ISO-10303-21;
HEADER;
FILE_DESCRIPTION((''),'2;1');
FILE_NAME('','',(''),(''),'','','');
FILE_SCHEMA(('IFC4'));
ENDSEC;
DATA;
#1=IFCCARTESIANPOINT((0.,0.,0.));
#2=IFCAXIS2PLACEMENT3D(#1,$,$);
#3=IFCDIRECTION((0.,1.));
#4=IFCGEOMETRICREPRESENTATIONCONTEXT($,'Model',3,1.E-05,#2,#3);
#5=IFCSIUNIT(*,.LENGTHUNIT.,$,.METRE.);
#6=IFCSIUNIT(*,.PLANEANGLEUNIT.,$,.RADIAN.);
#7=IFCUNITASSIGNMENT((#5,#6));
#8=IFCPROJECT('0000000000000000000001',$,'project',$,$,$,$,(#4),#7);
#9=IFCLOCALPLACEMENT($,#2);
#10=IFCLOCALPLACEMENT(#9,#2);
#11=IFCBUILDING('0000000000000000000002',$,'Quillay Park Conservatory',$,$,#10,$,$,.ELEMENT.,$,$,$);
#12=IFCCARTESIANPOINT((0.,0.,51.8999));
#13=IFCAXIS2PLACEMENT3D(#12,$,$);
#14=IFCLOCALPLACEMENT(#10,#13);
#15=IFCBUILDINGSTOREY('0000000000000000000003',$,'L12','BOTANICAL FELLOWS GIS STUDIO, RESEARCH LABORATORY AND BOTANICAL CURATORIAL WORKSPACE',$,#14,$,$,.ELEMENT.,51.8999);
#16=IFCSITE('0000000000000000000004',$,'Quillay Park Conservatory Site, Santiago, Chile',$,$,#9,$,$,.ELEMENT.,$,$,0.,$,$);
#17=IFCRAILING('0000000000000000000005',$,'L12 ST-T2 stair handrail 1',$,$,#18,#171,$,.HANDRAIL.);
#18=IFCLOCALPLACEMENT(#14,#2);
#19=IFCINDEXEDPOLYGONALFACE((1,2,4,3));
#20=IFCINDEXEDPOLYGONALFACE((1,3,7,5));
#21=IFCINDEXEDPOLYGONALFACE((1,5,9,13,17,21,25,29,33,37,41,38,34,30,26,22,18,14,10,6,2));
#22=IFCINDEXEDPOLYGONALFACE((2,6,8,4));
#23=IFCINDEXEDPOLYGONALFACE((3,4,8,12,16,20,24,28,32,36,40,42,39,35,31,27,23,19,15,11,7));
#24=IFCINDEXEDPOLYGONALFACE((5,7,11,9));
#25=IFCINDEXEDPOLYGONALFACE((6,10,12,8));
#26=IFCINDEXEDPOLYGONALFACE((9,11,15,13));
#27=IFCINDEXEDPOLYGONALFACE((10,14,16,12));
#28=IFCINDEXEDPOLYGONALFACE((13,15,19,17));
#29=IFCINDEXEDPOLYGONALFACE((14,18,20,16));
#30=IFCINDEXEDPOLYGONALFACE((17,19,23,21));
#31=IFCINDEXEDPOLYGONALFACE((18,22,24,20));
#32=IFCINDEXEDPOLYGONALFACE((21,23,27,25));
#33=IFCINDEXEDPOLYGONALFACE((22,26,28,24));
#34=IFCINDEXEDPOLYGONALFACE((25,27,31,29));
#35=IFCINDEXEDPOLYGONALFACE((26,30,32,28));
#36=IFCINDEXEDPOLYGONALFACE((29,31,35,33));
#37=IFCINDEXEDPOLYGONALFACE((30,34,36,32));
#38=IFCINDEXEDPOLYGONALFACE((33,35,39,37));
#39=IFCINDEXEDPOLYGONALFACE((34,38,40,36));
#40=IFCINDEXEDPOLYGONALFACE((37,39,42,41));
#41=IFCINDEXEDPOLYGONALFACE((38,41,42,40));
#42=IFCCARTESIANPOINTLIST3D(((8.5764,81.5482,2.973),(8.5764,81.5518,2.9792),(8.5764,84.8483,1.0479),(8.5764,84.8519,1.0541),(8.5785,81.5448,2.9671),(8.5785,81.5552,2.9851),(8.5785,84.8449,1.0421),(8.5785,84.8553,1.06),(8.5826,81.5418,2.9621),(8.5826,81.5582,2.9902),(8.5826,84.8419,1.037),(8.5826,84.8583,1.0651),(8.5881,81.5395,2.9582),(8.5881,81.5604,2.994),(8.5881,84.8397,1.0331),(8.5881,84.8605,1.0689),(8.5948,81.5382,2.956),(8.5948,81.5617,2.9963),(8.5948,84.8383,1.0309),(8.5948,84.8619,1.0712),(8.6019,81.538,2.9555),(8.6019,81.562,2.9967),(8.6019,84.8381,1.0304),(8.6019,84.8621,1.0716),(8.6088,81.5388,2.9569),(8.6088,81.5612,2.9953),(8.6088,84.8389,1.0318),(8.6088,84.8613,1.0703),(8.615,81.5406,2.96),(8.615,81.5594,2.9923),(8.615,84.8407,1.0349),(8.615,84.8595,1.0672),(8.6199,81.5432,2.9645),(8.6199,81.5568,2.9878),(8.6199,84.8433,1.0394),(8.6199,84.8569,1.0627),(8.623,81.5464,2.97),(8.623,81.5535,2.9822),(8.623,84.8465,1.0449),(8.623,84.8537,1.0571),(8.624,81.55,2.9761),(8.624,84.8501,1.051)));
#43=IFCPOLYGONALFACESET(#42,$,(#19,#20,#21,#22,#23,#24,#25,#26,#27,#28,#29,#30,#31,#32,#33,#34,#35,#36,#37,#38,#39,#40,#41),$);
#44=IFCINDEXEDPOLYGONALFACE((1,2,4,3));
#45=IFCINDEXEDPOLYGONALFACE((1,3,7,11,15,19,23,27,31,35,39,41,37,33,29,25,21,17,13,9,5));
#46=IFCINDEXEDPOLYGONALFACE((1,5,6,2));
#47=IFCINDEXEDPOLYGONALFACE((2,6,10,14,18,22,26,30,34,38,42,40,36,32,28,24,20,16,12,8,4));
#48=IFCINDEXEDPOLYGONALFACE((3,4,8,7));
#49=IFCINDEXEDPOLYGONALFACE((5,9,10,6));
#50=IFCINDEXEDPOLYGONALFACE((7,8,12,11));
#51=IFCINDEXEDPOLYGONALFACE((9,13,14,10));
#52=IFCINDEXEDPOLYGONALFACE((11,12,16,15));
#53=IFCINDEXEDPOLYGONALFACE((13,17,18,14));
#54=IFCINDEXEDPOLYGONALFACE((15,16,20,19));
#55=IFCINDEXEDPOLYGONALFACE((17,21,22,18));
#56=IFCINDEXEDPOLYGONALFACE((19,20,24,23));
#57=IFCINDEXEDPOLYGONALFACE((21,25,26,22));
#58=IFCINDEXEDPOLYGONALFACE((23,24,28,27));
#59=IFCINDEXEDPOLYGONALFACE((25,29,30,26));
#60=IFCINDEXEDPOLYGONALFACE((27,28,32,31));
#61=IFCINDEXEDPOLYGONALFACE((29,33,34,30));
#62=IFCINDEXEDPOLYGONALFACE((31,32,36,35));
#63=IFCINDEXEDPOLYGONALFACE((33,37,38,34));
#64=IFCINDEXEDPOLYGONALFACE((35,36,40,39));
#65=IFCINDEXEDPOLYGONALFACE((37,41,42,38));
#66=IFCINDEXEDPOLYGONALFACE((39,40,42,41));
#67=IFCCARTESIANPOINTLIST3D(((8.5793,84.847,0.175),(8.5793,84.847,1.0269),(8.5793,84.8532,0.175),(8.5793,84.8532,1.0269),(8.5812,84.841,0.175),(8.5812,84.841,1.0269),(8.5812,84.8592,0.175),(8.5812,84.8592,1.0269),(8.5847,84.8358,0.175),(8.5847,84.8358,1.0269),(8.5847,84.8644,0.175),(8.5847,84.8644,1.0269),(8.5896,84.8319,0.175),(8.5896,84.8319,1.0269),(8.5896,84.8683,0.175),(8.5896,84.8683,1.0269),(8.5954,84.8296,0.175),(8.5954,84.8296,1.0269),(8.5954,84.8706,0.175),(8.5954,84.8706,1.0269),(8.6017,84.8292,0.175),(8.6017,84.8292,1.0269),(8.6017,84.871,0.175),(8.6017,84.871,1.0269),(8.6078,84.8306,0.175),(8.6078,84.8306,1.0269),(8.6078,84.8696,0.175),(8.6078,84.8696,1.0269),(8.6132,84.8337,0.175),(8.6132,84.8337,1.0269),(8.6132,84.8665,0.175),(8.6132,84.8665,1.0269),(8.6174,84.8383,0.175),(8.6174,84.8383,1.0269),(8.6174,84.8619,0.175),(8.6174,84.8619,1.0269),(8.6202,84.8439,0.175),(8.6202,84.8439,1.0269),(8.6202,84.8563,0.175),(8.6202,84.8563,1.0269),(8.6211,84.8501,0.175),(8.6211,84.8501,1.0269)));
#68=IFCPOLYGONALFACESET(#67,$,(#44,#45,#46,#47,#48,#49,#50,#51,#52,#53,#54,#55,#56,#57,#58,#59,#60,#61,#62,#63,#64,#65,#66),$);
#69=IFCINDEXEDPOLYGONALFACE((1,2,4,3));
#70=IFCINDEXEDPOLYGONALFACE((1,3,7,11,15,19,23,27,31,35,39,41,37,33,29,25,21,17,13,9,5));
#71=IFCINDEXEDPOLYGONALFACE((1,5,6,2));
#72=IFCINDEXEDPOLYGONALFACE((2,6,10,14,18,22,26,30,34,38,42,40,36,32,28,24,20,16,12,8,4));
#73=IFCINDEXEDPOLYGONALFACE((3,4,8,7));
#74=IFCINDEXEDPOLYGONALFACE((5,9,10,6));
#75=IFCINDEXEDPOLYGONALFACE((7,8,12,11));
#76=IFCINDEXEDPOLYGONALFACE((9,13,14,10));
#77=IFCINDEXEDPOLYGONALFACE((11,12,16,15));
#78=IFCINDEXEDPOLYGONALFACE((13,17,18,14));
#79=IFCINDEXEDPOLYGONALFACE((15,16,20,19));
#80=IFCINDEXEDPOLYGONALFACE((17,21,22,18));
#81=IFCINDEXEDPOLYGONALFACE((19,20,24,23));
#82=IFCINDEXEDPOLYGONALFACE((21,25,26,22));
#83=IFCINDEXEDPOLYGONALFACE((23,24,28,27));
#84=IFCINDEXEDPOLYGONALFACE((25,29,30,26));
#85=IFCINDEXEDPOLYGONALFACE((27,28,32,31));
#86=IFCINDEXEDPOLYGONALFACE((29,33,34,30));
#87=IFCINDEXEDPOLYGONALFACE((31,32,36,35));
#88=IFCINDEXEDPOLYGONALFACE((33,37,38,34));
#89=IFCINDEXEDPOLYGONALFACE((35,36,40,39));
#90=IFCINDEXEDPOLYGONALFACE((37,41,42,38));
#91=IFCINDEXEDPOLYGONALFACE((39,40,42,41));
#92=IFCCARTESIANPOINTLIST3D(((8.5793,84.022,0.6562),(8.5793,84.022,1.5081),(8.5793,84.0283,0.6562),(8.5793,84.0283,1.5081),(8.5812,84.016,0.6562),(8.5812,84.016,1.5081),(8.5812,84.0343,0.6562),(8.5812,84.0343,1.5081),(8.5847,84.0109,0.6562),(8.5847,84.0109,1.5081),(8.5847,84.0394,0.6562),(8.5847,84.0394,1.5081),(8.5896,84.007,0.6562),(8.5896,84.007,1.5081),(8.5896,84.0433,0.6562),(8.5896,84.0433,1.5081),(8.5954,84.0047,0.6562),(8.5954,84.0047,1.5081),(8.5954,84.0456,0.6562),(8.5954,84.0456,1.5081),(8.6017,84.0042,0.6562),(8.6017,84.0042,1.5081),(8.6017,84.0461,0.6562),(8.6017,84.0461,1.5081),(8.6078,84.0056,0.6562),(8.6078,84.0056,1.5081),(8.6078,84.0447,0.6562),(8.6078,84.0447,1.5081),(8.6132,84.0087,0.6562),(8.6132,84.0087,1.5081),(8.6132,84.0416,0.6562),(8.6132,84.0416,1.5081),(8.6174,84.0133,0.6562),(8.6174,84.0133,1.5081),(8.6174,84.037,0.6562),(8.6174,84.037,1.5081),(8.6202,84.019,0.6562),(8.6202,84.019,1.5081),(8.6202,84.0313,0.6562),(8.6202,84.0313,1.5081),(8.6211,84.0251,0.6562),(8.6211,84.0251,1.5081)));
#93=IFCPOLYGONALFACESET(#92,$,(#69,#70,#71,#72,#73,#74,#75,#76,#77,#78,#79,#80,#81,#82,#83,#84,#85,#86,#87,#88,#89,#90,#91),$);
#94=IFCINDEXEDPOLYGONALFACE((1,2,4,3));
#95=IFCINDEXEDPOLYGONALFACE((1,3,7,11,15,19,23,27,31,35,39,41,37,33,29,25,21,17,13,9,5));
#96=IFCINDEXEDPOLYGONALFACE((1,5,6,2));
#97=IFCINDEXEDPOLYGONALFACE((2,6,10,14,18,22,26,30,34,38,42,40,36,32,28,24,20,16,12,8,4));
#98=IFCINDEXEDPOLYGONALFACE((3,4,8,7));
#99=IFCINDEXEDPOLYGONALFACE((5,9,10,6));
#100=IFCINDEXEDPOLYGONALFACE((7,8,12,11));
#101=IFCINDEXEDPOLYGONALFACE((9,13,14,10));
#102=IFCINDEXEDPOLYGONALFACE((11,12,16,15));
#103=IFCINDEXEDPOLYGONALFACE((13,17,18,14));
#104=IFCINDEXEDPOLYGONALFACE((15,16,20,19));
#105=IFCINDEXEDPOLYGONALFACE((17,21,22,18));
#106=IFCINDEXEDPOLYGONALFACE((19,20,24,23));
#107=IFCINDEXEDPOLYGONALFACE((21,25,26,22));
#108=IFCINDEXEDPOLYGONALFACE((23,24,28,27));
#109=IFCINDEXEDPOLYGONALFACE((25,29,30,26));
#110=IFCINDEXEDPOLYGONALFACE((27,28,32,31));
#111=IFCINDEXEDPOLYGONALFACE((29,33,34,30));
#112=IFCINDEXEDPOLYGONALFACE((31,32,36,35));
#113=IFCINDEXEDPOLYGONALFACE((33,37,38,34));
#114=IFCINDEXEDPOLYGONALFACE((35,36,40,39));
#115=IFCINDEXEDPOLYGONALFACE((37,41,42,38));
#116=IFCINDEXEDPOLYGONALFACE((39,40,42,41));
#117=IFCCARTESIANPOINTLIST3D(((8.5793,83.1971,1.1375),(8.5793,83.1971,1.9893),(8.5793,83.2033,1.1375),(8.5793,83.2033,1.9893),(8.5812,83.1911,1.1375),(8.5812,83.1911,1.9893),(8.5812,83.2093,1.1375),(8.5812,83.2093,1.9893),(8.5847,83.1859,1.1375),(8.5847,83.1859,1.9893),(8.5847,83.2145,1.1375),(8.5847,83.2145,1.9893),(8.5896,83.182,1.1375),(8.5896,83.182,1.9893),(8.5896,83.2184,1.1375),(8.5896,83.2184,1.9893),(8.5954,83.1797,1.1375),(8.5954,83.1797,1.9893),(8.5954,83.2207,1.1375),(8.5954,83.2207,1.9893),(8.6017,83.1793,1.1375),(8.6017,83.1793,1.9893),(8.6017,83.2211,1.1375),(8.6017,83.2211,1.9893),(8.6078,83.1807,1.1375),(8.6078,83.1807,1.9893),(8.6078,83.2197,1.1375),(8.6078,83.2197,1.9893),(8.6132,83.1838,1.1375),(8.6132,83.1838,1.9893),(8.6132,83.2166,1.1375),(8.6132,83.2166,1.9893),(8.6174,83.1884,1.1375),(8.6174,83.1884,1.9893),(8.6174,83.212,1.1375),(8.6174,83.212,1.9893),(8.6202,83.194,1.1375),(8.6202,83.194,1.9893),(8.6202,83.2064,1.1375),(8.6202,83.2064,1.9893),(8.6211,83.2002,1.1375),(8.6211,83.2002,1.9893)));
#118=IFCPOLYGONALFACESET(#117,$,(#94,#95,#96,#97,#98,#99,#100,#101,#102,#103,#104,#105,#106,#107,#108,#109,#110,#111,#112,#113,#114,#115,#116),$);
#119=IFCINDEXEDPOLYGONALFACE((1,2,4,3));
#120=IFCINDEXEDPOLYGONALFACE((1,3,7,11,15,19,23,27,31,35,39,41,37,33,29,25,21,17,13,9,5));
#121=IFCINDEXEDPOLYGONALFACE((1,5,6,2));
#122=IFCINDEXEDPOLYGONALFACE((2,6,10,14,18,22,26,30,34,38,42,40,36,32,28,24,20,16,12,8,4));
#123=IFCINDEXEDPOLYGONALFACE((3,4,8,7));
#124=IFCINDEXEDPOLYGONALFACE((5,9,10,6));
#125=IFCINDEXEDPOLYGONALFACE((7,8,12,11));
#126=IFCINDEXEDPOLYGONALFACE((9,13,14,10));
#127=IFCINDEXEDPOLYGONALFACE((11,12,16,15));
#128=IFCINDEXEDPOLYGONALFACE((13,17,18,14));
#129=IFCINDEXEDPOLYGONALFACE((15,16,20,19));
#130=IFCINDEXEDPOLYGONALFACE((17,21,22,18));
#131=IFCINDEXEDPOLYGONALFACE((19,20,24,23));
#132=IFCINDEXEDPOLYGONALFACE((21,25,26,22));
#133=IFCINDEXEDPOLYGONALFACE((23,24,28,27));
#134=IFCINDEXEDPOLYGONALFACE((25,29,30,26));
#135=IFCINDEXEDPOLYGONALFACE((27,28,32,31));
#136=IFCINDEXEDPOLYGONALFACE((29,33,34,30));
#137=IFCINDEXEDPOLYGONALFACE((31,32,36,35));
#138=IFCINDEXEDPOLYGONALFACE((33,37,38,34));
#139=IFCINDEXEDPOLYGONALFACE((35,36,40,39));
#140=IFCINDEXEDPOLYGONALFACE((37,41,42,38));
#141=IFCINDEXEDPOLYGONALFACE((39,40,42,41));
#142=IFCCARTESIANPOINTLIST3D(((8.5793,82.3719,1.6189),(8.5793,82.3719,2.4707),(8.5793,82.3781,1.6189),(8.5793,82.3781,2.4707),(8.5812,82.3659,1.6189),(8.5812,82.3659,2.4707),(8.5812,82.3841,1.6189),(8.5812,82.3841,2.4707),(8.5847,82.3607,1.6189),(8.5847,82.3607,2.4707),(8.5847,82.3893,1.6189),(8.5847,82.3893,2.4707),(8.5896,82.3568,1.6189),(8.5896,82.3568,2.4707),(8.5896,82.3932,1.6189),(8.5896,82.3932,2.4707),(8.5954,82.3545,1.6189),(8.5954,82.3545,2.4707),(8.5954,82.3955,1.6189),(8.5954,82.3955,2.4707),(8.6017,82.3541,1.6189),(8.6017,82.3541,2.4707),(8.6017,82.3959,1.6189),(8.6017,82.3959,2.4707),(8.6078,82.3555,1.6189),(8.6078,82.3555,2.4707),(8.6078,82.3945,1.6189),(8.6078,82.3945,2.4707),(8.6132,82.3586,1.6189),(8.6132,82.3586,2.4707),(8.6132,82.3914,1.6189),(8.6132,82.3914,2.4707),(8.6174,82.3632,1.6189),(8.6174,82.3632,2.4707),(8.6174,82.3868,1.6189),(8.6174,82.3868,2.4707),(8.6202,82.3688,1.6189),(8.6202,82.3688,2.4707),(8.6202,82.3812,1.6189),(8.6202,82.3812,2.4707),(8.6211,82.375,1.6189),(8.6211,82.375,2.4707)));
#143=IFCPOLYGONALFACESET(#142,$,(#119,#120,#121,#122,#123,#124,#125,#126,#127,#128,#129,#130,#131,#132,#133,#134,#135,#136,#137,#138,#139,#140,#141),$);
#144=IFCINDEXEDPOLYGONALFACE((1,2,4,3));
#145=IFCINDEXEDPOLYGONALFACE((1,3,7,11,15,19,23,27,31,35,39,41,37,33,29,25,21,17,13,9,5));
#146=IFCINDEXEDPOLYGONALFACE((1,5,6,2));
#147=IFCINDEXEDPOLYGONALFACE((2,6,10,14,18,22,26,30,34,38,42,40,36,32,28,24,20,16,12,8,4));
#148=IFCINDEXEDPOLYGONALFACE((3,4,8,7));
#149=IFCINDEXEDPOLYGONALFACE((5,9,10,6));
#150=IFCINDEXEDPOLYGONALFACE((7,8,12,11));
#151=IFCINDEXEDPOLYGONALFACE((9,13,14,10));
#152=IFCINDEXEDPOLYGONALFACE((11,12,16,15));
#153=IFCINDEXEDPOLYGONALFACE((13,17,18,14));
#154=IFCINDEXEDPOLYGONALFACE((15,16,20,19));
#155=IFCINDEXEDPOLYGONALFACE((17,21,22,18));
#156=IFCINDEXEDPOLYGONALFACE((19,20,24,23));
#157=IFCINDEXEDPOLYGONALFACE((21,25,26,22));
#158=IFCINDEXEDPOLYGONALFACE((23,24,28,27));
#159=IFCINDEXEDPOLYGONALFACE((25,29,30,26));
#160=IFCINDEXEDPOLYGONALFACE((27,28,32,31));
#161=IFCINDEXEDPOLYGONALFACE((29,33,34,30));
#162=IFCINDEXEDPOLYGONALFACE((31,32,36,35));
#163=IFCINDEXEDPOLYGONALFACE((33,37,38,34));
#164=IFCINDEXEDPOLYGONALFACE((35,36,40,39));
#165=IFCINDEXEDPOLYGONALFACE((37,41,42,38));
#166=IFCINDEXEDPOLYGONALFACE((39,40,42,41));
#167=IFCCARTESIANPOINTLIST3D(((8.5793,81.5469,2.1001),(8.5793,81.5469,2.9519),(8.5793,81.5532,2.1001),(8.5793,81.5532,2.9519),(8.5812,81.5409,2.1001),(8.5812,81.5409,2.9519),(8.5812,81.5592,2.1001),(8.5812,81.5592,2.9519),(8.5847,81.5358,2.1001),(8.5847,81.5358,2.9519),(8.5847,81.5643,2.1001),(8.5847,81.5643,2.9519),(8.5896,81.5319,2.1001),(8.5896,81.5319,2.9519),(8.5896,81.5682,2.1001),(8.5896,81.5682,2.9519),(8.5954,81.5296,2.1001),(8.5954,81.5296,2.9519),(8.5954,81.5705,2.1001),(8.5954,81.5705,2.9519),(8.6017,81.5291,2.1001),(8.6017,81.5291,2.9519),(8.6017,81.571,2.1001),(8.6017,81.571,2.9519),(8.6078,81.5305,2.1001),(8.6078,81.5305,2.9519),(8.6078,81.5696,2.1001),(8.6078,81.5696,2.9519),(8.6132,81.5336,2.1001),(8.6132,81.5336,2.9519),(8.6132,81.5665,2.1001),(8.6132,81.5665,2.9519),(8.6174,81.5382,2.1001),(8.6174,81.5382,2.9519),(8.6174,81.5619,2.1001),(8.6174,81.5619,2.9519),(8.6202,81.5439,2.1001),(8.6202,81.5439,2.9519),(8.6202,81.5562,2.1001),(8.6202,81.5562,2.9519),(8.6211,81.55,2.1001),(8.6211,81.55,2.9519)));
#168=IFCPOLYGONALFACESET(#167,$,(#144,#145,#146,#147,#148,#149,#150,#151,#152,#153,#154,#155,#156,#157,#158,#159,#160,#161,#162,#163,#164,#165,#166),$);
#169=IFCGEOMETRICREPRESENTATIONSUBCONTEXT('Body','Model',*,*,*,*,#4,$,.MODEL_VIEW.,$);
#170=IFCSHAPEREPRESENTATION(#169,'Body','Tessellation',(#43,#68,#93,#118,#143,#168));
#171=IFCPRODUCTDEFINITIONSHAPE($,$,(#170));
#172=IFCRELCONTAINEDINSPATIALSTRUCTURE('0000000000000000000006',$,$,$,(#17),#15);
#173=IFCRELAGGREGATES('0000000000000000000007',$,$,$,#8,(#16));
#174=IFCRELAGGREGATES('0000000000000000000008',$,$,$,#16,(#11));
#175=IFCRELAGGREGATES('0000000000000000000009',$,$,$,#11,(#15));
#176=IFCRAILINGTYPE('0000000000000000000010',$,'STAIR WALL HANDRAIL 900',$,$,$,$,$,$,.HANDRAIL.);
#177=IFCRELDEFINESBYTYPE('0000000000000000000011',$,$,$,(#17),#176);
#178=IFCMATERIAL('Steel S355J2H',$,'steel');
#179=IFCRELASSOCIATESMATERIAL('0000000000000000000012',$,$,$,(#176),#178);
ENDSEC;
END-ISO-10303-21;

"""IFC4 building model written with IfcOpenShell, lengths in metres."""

from ifc_helpers import new_model, si_unit, direction, frame, origin, origin_2d, place, context, subcontext, project, spatial, circle, extrude, material, type_object, element, save


model = new_model("IFC4")

# Units and contexts
model_context = context("Model", 3, precision=1e-05, world=origin(), true_north=direction((0.0, 1.0)))
body_context = subcontext(model_context, "Body", "Model", "MODEL_VIEW")
ifc_project = project(units=[si_unit("LENGTHUNIT", "METRE"), si_unit("PLANEANGLEUNIT", "RADIAN")], contexts=[model_context])

# Site, building, storey
site_placement = place(None, origin())
site = spatial("IfcSite", under=ifc_project, at=site_placement, Name="Quillay Park Conservatory Site, Santiago, Chile", CompositionType="ELEMENT", RefElevation=0.0)
building_placement = place(site_placement, origin())
building = spatial("IfcBuilding", under=site, at=building_placement, Name="Quillay Park Conservatory", CompositionType="ELEMENT")
storey_placement = place(building_placement, frame((0.0, 0.0, 51.8999)))
storey = spatial("IfcBuildingStorey", under=building, at=storey_placement, Name="L12", Description="BOTANICAL FELLOWS GIS STUDIO, RESEARCH LABORATORY AND BOTANICAL CURATORIAL WORKSPACE", CompositionType="ELEMENT", Elevation=51.8999)

# Railing
ifc_material_1 = material(Name="Steel S355J2H", Category="steel")
railing_type_1 = type_object("IfcRailingType", Name="STAIR WALL HANDRAIL 900", PredefinedType="HANDRAIL", material=ifc_material_1)
railing_1_placement = place(storey_placement, frame((8.6001, 84.8501, 0.175)))
element("IfcRailing", 1, at=railing_1_placement, inside=storey, type_object=railing_type_1, Name="L12 ST-T2 stair handrail 1", PredefinedType="HANDRAIL", context=body_context, shape_type="SweptSolid", body=[
    extrude(circle(Radius=0.0239, at=origin_2d()), frame((0.0, 0.0, 0.876), z_axis=(0.0, -0.863777, 0.503875), x_axis=(1.0, 0.0, 0.0)), (0.0, 0.0, 1.0), 3.8206),
    extrude(circle(Radius=0.021, at=origin_2d()), origin(), (0.0, 0.0, 1.0), 0.8518),
    extrude(circle(Radius=0.021, at=origin_2d()), frame((0.0, -0.825, 0.4812)), (0.0, 0.0, 1.0), 0.8518),
    extrude(circle(Radius=0.021, at=origin_2d()), frame((0.0, -1.6499, 0.9624)), (0.0, 0.0, 1.0), 0.8518),
    extrude(circle(Radius=0.021, at=origin_2d()), frame((0.0, -2.4751, 1.4438)), (0.0, 0.0, 1.0), 0.8518),
    extrude(circle(Radius=0.021, at=origin_2d()), frame((0.0, -3.3, 1.925)), (0.0, 0.0, 1.0), 0.8518),
])

save(model, "model.ifc")
